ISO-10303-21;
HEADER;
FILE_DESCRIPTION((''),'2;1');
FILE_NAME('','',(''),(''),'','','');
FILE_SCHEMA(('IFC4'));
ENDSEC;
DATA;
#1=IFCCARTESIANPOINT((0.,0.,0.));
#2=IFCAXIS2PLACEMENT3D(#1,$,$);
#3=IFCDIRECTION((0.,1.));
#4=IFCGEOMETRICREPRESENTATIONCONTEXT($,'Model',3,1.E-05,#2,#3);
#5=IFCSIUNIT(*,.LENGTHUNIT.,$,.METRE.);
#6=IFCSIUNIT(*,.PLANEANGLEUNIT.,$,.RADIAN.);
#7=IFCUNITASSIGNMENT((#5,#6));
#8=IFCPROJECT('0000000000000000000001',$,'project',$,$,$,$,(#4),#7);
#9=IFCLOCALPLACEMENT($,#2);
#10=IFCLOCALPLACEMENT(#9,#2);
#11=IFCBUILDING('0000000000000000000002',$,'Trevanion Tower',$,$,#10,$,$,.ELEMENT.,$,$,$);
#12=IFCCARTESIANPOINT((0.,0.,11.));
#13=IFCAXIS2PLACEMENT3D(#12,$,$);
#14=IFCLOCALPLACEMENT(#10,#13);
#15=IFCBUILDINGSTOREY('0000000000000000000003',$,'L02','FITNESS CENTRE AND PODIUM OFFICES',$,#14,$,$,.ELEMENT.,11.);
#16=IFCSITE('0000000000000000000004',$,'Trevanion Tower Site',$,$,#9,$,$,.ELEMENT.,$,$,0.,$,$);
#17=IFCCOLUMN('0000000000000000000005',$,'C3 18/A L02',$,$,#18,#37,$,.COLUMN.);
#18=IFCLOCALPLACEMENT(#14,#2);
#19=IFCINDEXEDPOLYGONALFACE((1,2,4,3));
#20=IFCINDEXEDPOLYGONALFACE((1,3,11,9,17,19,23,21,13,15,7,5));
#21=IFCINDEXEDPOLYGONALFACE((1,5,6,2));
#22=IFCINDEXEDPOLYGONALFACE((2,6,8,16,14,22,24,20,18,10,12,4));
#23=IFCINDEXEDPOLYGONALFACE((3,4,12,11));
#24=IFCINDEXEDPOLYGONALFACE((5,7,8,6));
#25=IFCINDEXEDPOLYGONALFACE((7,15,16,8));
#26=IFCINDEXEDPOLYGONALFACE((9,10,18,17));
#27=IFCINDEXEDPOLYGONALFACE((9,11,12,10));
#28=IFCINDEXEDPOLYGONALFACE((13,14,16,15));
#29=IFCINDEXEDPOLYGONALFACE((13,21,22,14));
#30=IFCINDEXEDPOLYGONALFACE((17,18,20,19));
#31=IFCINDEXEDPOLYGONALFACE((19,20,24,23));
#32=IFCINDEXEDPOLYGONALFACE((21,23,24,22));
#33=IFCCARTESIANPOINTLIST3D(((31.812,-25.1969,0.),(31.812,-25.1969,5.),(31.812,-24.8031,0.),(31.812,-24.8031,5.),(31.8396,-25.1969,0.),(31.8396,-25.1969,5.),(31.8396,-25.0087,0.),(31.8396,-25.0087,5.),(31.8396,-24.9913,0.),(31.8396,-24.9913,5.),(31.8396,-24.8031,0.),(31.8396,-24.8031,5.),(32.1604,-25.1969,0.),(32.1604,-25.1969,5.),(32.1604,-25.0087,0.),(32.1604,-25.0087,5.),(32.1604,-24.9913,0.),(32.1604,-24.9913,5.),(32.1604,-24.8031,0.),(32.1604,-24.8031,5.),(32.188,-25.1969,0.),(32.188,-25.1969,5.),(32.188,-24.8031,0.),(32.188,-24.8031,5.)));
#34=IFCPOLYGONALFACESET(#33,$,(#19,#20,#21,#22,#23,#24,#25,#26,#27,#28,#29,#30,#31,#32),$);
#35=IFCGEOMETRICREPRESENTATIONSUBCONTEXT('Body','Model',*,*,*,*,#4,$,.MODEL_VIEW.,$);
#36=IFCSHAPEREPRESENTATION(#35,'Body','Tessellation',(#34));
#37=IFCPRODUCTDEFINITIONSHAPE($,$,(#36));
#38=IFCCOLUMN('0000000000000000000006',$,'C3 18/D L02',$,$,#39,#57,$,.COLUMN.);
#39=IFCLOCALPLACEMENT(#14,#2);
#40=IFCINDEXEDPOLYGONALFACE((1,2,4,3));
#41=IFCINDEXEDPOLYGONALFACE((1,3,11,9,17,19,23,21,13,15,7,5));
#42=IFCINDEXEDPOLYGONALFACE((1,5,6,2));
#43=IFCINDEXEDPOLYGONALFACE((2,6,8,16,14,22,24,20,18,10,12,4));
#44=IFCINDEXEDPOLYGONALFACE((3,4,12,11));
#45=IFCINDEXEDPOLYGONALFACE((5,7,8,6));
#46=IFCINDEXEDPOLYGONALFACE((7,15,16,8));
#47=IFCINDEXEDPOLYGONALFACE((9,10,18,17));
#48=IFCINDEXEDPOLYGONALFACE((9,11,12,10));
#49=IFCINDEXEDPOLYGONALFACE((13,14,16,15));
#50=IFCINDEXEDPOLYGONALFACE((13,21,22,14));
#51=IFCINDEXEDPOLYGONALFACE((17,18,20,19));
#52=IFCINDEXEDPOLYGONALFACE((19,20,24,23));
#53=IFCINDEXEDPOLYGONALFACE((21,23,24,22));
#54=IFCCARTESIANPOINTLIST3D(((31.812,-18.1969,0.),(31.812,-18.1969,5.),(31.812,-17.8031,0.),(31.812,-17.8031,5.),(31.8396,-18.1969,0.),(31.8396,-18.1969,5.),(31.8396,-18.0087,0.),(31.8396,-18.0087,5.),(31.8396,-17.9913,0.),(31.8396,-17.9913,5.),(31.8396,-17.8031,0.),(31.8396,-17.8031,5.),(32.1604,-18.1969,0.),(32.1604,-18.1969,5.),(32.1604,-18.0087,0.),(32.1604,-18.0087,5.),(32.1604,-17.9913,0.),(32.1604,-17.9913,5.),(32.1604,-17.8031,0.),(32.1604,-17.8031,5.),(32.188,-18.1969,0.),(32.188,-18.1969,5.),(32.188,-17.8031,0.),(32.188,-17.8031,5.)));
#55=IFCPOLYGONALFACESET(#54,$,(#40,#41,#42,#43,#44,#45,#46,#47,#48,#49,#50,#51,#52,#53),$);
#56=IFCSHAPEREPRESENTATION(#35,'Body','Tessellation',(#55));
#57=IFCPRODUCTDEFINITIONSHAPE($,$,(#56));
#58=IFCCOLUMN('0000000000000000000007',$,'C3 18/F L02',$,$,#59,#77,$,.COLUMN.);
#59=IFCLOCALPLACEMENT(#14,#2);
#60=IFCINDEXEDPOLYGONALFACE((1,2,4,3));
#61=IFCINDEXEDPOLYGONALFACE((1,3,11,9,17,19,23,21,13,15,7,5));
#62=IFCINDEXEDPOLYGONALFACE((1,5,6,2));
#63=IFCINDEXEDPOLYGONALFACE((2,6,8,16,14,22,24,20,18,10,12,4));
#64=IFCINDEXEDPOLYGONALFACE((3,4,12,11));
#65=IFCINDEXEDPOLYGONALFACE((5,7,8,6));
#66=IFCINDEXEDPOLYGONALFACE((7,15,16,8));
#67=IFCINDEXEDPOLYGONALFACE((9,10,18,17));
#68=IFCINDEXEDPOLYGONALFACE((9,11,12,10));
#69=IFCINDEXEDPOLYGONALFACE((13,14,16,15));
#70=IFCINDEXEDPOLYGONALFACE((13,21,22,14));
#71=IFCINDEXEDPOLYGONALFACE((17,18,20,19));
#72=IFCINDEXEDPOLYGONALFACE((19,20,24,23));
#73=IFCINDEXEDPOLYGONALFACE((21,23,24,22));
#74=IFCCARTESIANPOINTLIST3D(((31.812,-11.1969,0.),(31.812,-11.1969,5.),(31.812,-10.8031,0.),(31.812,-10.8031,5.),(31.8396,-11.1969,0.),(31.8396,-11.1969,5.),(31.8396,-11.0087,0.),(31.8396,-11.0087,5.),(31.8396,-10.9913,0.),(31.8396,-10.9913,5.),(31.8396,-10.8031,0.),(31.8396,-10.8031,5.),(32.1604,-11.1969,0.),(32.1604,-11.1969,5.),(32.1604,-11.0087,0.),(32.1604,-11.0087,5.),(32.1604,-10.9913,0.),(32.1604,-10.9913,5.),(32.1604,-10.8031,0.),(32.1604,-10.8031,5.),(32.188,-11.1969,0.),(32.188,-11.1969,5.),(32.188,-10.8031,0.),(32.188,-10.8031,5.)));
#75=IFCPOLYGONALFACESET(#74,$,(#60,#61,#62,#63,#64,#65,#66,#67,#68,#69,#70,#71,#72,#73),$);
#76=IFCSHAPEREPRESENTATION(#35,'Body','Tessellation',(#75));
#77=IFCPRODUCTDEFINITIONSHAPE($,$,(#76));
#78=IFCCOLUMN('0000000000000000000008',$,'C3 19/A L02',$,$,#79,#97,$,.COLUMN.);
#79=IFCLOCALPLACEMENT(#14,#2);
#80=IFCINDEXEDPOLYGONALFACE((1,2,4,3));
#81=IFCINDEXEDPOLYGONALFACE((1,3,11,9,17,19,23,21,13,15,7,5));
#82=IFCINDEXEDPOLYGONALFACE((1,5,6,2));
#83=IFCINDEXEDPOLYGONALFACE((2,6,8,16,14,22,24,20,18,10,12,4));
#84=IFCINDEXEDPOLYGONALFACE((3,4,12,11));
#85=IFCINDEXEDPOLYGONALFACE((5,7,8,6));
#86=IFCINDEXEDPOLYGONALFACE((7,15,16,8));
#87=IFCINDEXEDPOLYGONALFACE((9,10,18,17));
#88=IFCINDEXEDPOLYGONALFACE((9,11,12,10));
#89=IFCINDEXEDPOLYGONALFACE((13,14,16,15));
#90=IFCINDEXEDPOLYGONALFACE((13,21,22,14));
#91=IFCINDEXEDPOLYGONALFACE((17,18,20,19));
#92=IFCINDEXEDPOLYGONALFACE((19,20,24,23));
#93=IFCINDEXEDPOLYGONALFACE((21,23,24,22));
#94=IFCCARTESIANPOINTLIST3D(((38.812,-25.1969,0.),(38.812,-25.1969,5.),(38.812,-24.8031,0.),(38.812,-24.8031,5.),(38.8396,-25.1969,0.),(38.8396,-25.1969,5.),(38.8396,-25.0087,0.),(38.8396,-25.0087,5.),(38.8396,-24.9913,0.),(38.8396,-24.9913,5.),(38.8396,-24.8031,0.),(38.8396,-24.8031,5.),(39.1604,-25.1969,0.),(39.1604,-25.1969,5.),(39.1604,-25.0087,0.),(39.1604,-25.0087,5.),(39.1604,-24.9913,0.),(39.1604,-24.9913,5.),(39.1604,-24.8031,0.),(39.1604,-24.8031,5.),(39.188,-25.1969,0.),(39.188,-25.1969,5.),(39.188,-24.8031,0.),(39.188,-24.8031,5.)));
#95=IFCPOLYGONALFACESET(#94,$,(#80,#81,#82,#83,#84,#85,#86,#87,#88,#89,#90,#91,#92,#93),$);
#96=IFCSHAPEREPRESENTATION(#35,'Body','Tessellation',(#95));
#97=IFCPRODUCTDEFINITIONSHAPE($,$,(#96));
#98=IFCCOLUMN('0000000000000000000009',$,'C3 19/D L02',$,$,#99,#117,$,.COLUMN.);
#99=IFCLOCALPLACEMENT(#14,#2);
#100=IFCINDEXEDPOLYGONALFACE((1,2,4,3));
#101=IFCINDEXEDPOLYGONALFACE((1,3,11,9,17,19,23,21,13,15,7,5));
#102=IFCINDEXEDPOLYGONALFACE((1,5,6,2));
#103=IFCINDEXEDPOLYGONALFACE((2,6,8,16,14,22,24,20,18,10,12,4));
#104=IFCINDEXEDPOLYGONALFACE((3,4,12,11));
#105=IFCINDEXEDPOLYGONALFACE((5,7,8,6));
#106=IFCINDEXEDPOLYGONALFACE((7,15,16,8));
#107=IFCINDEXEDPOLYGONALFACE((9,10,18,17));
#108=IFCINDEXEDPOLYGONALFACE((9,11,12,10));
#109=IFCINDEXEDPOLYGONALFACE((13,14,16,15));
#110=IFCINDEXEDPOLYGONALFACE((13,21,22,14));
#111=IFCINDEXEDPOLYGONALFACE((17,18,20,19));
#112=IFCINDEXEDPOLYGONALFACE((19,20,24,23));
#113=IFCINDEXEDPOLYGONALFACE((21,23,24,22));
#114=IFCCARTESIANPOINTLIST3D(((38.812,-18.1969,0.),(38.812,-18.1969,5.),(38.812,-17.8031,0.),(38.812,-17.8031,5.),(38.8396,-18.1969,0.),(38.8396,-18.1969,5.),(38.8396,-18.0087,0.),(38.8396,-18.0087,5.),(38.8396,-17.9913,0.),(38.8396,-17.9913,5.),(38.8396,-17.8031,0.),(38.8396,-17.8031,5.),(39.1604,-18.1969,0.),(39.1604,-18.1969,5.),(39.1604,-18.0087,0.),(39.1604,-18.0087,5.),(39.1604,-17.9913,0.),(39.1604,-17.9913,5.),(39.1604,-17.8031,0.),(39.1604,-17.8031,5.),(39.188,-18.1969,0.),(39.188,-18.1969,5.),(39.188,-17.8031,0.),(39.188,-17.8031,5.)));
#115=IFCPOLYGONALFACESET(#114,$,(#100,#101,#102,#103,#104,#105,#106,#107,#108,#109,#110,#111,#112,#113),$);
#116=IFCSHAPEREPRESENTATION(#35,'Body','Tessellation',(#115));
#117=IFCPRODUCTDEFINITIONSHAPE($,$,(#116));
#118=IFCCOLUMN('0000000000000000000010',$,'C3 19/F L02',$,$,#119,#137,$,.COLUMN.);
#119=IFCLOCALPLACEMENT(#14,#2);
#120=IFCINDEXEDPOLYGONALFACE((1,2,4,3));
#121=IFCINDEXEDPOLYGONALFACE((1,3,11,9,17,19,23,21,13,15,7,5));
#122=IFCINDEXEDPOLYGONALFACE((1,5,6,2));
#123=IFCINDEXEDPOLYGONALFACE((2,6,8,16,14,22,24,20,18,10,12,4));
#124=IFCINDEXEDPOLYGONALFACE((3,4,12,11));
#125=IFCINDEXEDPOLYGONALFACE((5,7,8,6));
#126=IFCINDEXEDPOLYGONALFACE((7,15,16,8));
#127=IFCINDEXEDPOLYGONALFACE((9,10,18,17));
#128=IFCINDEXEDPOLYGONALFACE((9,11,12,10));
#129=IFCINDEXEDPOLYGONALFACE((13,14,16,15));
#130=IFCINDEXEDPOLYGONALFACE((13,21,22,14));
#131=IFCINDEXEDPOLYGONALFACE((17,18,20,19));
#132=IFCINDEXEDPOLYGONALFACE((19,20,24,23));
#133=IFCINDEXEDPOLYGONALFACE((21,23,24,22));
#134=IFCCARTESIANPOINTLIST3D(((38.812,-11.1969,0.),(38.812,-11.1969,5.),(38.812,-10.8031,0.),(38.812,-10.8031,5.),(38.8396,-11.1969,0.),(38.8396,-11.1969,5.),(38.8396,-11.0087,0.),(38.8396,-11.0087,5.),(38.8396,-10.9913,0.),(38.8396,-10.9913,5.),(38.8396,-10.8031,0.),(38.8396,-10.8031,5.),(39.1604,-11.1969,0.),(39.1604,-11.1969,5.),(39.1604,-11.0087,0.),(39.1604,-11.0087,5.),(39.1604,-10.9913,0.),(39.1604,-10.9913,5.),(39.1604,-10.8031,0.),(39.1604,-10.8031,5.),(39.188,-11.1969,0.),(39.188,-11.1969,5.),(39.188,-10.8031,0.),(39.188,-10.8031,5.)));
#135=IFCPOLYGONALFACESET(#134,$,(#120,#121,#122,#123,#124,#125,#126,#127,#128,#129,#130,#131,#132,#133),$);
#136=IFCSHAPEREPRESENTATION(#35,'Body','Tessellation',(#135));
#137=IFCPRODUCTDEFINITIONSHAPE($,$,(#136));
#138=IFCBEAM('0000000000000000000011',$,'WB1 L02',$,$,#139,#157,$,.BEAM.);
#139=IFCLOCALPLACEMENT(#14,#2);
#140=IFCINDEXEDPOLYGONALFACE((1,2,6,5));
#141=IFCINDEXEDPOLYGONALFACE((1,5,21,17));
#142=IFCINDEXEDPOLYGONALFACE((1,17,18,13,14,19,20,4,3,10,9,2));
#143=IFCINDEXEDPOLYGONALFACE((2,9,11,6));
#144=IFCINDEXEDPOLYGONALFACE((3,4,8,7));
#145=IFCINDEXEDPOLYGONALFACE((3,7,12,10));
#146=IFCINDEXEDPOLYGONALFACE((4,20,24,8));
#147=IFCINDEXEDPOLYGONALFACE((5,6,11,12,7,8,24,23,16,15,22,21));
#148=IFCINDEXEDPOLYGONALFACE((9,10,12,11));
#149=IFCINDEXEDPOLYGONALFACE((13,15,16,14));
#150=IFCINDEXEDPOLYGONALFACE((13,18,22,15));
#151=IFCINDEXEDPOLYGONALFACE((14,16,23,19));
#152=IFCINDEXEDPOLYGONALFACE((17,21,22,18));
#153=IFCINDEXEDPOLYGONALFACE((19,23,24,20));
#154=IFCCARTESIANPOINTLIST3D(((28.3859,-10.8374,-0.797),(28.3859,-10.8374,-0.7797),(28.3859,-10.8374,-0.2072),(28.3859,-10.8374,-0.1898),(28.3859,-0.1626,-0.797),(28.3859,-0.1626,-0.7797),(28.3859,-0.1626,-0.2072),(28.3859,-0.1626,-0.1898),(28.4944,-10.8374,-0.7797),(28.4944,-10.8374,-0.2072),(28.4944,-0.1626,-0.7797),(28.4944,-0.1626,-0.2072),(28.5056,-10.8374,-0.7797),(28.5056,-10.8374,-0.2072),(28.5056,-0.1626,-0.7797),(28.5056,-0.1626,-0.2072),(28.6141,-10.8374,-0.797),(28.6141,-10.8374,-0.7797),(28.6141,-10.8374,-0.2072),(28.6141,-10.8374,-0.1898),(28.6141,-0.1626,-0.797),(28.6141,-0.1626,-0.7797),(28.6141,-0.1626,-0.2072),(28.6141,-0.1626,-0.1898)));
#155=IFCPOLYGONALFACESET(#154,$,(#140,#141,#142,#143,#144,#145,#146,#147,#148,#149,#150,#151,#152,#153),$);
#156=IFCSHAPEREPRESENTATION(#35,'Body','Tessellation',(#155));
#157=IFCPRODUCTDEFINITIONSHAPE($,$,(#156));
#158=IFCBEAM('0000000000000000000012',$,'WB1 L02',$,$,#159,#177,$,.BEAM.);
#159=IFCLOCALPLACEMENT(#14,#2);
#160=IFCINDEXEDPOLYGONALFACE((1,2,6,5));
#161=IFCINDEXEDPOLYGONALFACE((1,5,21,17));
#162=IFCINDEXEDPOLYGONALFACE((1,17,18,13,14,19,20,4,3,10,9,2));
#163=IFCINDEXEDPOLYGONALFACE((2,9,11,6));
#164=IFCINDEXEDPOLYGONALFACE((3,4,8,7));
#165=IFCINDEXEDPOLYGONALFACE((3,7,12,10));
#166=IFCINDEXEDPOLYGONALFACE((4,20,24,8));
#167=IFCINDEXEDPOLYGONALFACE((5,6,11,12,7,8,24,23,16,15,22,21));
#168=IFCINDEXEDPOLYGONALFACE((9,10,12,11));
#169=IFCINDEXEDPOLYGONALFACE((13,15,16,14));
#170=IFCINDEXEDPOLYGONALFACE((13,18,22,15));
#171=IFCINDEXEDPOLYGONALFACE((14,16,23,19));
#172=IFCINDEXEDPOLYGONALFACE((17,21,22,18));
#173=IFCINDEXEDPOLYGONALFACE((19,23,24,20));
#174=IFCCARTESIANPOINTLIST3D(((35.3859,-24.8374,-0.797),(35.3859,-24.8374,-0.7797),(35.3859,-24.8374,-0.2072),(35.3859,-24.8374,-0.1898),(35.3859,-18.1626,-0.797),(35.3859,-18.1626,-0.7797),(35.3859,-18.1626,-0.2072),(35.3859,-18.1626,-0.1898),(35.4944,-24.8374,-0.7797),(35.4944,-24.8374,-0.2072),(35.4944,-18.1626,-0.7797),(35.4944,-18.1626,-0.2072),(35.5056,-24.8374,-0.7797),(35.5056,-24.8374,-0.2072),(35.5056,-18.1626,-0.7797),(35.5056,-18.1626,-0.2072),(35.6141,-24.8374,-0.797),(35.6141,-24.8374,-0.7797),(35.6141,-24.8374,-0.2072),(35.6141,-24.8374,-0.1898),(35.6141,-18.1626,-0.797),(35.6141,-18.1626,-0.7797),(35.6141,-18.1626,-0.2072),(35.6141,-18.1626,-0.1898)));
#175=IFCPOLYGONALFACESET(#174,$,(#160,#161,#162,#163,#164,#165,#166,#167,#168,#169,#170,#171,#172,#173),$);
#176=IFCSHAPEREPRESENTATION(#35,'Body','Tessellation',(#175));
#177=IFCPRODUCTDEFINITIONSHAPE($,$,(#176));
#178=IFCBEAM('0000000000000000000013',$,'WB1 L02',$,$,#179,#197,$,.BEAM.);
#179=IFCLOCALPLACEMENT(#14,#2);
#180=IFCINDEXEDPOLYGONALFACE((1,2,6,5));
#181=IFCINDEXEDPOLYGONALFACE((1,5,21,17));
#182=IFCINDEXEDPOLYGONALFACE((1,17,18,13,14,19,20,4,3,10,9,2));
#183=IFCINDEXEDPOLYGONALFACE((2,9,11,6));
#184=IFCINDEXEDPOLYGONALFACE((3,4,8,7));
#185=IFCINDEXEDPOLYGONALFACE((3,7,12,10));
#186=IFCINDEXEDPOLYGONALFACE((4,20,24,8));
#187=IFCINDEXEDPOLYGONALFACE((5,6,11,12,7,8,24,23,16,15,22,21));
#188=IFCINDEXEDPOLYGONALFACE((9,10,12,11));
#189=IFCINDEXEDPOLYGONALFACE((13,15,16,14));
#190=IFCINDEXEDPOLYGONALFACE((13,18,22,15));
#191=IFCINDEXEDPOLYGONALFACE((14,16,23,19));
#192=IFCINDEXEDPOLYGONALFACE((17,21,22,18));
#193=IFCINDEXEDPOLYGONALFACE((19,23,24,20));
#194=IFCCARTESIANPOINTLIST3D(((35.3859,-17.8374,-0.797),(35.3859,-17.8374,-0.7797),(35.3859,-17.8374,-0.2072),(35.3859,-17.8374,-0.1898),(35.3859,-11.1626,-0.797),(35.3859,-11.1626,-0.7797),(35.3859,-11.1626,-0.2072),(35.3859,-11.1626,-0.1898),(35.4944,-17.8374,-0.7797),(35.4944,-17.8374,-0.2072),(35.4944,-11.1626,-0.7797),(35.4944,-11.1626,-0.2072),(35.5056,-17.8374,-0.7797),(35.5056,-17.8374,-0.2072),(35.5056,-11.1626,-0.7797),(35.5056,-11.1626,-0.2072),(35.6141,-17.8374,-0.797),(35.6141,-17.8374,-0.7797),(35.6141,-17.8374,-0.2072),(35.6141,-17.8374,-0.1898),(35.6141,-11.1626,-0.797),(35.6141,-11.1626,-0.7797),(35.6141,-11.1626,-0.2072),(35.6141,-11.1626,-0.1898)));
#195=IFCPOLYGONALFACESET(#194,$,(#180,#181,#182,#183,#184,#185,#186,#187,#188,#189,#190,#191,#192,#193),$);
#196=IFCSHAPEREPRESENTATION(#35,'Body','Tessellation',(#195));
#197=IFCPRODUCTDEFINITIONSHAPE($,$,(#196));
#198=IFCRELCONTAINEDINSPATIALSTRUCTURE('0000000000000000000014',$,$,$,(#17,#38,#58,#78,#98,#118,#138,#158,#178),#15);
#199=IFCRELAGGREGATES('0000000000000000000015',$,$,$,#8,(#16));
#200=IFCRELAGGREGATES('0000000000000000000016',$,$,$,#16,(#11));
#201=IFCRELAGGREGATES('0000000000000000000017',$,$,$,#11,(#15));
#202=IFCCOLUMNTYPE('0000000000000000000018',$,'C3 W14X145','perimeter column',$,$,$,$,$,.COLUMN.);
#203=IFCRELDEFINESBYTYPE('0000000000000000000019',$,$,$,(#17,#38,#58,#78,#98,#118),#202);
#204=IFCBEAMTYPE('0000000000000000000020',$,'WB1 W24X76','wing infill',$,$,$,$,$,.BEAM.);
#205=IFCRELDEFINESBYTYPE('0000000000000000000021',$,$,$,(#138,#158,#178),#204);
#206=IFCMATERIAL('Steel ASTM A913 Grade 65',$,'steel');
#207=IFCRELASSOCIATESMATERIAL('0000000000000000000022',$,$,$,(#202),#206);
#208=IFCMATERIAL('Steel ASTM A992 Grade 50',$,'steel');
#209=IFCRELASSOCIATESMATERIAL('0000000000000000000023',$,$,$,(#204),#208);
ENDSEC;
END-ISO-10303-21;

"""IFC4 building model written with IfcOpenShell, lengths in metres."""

from ifc_helpers import new_model, si_unit, direction, frame, origin, origin_2d, place, context, subcontext, project, spatial, i_section, extrude, material, material_profile, profile_set, type_object, element, save


model = new_model("IFC4")

# Units and contexts
model_context = context("Model", 3, precision=1e-05, world=origin(), true_north=direction((0.0, 1.0)))
body_context = subcontext(model_context, "Body", "Model", "MODEL_VIEW")
ifc_project = project(units=[si_unit("LENGTHUNIT", "METRE"), si_unit("PLANEANGLEUNIT", "RADIAN")], contexts=[model_context])

# Site, building, storey
site_placement = place(None, origin())
site = spatial("IfcSite", under=ifc_project, at=site_placement, Name="Trevanion Tower Site", CompositionType="ELEMENT", RefElevation=0.0)
building_placement = place(site_placement, origin())
building = spatial("IfcBuilding", under=site, at=building_placement, Name="Trevanion Tower", CompositionType="ELEMENT")
storey_placement = place(building_placement, frame((0.0, 0.0, 11.0)))
storey = spatial("IfcBuildingStorey", under=building, at=storey_placement, Name="L02", Description="FITNESS CENTRE AND PODIUM OFFICES", CompositionType="ELEMENT", Elevation=11.0)

# Columns
ifc_material_1 = material(Name="Steel ASTM A913 Grade 65", Category="steel")
ifc_material_profile_1 = material_profile(ifc_material_1, i_section(OverallWidth=0.3938, OverallDepth=0.376, WebThickness=0.0173, FlangeThickness=0.0276, at=origin_2d()), Name="W14X145")
ifc_profile_set_1 = profile_set([ifc_material_profile_1], Name="Steel ASTM A913 Grade 65")
column_type = type_object("IfcColumnType", Name="C3 W14X145", Description="perimeter column", PredefinedType="COLUMN", material=ifc_profile_set_1)
for number, where, z_axis, x_axis, name in (
    (1, (32.0, -25.0, 0.0), (0.0, 0.0, 1.0), (0.0, 1.0, 0.0), "C3 18/A L02"),
    (2, (32.0, -18.0, 0.0), (0.0, 0.0, 1.0), (0.0, 1.0, 0.0), "C3 18/D L02"),
    (3, (32.0, -11.0, 0.0), (0.0, 0.0, 1.0), (0.0, 1.0, 0.0), "C3 18/F L02"),
    (4, (39.0, -25.0, 0.0), (0.0, 0.0, 1.0), (0.0, 1.0, 0.0), "C3 19/A L02"),
    (5, (39.0, -18.0, 0.0), (0.0, 0.0, 1.0), (0.0, 1.0, 0.0), "C3 19/D L02"),
    (6, (39.0, -11.0, 0.0), (0.0, 0.0, 1.0), (0.0, 1.0, 0.0), "C3 19/F L02"),
):
    element("IfcColumn", number, at=place(storey_placement, frame(where, z_axis=z_axis, x_axis=x_axis)), inside=storey, type_object=column_type, Name=name, PredefinedType="COLUMN", context=body_context, shape_type="SweptSolid", body=[
        extrude(i_section(OverallWidth=0.3938, OverallDepth=0.376, WebThickness=0.0173, FlangeThickness=0.0276, at=origin_2d()), origin(), (0.0, 0.0, 1.0), 5.0),
    ])

# Beams
ifc_material_2 = material(Name="Steel ASTM A992 Grade 50", Category="steel")
ifc_material_profile_2 = material_profile(ifc_material_2, i_section(OverallWidth=0.2283, OverallDepth=0.6072, WebThickness=0.0112, FlangeThickness=0.0173, at=origin_2d()), Name="W24X76")
ifc_profile_set_2 = profile_set([ifc_material_profile_2], Name="Steel ASTM A992 Grade 50")
beam_type_1 = type_object("IfcBeamType", Name="WB1 W24X76", Description="wing infill", PredefinedType="BEAM", material=ifc_profile_set_2)
beam_1_placement = place(storey_placement, frame((28.5, -10.8374, -0.4934), z_axis=(0.0, 1.0, 0.0), x_axis=(-1.0, 0.0, 0.0)))
element("IfcBeam", 7, at=beam_1_placement, inside=storey, type_object=beam_type_1, Name="WB1 L02", PredefinedType="BEAM", context=body_context, shape_type="SweptSolid", body=[
    extrude(i_section(OverallWidth=0.2283, OverallDepth=0.6072, WebThickness=0.0112, FlangeThickness=0.0173, at=origin_2d()), origin(), (0.0, 0.0, 1.0), 10.6748),
])
for number, where, z_axis, x_axis, name in (
    (8, (35.5, -24.8374, -0.4934), (0.0, 1.0, 0.0), (-1.0, 0.0, 0.0), "WB1 L02"),
    (9, (35.5, -17.8374, -0.4934), (0.0, 1.0, 0.0), (-1.0, 0.0, 0.0), "WB1 L02"),
):
    element("IfcBeam", number, at=place(storey_placement, frame(where, z_axis=z_axis, x_axis=x_axis)), inside=storey, type_object=beam_type_1, Name=name, PredefinedType="BEAM", context=body_context, shape_type="SweptSolid", body=[
        extrude(i_section(OverallWidth=0.2283, OverallDepth=0.6072, WebThickness=0.0112, FlangeThickness=0.0173, at=origin_2d()), origin(), (0.0, 0.0, 1.0), 6.6748),
    ])

save(model, "model.ifc")
